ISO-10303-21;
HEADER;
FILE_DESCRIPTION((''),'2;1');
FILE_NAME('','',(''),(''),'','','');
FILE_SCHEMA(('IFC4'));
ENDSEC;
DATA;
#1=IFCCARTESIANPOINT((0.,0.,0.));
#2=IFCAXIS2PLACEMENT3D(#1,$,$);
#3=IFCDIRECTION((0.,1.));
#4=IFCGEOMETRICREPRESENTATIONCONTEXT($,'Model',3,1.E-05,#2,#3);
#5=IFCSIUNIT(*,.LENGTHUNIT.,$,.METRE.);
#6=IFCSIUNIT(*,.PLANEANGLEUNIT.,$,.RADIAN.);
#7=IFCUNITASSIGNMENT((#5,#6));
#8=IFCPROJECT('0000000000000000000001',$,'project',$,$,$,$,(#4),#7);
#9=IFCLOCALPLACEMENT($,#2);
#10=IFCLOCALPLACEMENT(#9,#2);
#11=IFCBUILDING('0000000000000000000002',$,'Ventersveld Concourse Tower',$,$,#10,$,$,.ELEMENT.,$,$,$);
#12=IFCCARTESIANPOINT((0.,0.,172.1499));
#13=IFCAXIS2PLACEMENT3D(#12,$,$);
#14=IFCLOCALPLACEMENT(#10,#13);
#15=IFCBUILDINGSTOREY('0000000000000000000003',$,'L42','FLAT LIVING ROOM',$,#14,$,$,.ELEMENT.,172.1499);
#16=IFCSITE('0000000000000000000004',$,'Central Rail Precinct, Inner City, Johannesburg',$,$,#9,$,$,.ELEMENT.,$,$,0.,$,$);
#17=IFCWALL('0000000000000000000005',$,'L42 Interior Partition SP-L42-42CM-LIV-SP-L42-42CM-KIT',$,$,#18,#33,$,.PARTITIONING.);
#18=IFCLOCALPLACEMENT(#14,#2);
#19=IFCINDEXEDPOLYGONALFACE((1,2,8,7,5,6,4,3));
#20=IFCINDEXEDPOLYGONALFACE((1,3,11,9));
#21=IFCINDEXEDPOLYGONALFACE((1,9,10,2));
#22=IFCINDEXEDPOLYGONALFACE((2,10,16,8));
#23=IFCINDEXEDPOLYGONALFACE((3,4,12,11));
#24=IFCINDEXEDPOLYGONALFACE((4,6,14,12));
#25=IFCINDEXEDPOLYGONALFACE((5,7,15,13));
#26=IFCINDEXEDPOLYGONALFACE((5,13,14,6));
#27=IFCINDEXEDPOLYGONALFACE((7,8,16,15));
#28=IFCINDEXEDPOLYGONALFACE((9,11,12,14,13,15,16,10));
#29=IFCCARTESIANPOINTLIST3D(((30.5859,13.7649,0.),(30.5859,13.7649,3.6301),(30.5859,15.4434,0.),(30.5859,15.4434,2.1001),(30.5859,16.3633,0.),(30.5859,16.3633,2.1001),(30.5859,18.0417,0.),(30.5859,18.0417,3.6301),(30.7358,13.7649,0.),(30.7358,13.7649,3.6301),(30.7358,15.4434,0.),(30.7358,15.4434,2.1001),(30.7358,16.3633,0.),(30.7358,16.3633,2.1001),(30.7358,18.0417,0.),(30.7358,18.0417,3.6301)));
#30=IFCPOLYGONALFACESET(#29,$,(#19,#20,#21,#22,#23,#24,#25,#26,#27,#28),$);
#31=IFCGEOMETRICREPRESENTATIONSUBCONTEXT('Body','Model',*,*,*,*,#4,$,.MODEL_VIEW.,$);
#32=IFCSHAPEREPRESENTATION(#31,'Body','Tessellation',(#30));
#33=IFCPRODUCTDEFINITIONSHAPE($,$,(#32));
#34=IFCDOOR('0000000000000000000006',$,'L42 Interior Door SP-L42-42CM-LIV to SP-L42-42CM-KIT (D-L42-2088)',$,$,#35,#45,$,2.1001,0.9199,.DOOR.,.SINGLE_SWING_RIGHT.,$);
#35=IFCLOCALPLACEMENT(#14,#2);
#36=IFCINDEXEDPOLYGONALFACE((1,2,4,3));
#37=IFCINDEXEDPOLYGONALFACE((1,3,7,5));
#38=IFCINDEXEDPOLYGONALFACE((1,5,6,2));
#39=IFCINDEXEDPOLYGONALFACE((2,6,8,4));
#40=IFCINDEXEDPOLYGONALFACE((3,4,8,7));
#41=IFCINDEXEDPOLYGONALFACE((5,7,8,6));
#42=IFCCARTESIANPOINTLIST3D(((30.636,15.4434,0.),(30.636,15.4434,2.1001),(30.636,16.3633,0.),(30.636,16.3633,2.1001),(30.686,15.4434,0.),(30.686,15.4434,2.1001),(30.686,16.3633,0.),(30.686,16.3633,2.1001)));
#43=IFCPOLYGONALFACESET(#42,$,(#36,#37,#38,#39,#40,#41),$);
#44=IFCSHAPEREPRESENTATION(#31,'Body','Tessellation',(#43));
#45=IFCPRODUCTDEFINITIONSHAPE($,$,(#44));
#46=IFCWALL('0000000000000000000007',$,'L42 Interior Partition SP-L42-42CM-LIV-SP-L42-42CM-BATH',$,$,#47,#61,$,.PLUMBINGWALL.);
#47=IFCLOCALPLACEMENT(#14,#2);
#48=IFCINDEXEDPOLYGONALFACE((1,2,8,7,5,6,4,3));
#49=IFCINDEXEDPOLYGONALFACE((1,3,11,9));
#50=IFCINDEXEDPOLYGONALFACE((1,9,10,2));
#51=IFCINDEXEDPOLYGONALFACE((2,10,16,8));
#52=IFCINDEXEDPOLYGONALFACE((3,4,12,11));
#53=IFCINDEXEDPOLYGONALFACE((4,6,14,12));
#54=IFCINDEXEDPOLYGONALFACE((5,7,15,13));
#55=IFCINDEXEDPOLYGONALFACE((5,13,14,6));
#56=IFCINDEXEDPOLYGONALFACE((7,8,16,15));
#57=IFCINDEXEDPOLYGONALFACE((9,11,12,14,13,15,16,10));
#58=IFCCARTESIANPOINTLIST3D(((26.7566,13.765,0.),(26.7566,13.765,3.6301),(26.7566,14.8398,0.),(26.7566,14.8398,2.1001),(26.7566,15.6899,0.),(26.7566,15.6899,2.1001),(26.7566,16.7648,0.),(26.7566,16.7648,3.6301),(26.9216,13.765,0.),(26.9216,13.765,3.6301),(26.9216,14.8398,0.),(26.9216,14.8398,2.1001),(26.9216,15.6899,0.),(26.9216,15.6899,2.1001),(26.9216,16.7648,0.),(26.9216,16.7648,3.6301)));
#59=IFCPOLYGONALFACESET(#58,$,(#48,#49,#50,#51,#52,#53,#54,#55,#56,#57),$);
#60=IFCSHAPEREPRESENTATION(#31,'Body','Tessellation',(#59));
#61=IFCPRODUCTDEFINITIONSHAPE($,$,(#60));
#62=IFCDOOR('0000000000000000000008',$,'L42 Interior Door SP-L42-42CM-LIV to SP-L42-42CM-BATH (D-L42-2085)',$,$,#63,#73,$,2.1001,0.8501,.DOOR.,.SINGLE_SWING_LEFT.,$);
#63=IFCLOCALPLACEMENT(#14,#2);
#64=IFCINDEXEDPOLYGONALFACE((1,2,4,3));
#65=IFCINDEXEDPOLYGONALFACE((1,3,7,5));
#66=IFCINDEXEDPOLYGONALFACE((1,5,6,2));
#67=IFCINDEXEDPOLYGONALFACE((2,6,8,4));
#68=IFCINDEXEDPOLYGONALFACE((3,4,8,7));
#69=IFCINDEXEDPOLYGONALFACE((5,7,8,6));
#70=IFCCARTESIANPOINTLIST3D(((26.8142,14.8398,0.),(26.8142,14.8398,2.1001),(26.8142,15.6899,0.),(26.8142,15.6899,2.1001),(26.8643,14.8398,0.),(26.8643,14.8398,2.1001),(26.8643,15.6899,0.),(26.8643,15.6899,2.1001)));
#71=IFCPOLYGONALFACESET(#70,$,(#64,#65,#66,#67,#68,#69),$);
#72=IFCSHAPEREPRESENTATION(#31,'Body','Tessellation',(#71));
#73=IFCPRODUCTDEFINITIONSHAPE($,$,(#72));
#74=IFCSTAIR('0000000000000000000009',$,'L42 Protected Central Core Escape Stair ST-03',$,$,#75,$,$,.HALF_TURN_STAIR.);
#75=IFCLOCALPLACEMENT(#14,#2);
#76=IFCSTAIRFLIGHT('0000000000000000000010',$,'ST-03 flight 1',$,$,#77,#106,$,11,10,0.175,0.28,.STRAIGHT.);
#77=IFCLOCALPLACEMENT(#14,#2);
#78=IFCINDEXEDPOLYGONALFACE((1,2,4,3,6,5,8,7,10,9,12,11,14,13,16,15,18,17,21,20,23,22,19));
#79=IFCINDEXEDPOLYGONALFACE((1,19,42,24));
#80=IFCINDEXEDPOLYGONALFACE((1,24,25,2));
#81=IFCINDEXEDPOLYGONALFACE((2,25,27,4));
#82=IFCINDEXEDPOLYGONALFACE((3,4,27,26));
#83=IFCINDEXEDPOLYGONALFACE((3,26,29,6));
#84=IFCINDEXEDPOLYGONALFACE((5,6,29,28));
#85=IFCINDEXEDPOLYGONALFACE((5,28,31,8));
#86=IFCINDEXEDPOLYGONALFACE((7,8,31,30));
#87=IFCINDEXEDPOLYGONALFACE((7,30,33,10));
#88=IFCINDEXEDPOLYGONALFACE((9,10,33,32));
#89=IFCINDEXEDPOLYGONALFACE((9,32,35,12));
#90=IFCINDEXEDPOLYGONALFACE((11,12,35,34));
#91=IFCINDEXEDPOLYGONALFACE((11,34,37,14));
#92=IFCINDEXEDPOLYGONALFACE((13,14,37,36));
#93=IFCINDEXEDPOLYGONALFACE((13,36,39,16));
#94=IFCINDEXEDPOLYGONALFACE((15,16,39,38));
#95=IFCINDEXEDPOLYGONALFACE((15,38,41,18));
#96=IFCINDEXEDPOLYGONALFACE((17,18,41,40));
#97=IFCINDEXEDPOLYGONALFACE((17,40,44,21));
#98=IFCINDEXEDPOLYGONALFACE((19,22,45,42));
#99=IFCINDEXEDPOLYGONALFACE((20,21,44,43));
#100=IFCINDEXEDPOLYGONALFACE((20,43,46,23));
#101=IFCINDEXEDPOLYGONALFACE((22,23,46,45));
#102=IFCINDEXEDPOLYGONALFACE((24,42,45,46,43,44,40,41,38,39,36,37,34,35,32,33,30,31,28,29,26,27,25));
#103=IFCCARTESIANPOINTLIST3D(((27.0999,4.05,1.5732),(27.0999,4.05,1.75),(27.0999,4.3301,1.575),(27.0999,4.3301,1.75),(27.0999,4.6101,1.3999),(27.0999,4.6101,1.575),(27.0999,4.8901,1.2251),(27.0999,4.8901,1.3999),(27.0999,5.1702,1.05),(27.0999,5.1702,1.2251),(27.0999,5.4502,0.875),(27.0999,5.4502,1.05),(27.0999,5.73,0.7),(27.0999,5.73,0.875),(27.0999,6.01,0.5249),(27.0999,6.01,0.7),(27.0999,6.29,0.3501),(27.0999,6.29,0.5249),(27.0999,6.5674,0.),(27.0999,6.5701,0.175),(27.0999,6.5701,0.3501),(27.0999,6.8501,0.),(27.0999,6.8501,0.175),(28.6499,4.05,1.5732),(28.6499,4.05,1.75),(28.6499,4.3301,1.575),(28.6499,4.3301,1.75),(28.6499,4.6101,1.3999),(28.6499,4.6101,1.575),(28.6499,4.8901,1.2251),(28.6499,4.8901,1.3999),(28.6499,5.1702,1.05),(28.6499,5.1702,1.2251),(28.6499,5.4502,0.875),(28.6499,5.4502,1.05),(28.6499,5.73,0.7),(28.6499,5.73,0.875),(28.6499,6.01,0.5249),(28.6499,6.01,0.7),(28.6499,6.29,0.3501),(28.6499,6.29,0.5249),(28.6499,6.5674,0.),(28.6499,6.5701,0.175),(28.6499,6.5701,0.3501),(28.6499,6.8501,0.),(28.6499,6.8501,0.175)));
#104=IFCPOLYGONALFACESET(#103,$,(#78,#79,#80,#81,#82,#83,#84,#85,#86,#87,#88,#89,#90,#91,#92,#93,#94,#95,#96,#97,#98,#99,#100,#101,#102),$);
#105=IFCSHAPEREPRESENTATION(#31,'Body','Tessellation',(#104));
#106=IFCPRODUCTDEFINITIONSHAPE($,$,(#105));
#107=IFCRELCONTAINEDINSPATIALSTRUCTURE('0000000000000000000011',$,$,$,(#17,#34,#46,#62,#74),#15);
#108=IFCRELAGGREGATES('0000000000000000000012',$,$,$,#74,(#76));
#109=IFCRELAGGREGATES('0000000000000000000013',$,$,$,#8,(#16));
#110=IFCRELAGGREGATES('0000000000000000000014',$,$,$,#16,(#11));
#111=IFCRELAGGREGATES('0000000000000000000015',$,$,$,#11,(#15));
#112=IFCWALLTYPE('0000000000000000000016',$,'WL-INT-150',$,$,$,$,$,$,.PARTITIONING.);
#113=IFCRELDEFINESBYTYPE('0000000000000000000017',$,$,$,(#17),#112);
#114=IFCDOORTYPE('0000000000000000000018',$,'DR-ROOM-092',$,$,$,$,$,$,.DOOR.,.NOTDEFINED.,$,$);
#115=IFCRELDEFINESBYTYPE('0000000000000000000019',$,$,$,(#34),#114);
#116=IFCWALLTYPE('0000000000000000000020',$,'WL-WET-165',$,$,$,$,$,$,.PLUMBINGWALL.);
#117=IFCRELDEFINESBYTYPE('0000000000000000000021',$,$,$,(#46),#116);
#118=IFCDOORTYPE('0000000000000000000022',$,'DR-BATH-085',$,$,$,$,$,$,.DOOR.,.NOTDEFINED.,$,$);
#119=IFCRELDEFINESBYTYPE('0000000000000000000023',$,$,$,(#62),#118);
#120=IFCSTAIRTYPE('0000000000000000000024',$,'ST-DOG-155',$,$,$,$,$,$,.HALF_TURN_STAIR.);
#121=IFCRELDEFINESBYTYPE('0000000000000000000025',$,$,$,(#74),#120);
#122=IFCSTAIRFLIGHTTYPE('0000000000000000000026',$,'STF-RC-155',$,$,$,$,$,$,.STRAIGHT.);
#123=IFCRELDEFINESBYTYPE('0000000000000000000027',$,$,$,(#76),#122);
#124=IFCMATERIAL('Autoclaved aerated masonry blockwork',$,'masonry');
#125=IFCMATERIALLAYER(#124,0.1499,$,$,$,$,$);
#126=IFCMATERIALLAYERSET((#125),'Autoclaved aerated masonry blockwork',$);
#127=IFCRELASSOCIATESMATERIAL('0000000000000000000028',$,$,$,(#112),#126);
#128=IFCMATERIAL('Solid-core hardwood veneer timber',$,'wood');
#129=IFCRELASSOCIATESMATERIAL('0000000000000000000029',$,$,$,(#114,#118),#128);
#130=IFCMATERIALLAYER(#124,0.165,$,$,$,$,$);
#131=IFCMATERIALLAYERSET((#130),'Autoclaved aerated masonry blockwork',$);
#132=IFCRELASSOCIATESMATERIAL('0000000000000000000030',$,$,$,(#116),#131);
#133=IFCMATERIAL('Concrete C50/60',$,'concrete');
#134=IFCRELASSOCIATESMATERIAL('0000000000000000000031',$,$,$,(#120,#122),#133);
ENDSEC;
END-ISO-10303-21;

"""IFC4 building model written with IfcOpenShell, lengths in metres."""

from ifc_helpers import new_model, si_unit, direction, frame, frame_2d, origin, place, context, subcontext, project, spatial, polyline, rectangle, outline, extrude, material, layer, layer_set, type_object, element, fill, aggregate, save


model = new_model("IFC4")

# Units and contexts
model_context = context("Model", 3, precision=1e-05, world=origin(), true_north=direction((0.0, 1.0)))
body_context = subcontext(model_context, "Body", "Model", "MODEL_VIEW")
ifc_project = project(units=[si_unit("LENGTHUNIT", "METRE"), si_unit("PLANEANGLEUNIT", "RADIAN")], contexts=[model_context])

# Site, building, storey
site_placement = place(None, origin())
site = spatial("IfcSite", under=ifc_project, at=site_placement, Name="Central Rail Precinct, Inner City, Johannesburg", CompositionType="ELEMENT", RefElevation=0.0)
building_placement = place(site_placement, origin())
building = spatial("IfcBuilding", under=site, at=building_placement, Name="Ventersveld Concourse Tower", CompositionType="ELEMENT")
storey_placement = place(building_placement, frame((0.0, 0.0, 172.1499)))
storey = spatial("IfcBuildingStorey", under=building, at=storey_placement, Name="L42", Description="FLAT LIVING ROOM", CompositionType="ELEMENT", Elevation=172.1499)

# Shared definitions
ifc_material_1 = material(Name="Concrete C50/60", Category="concrete")

# Walls, openings, doors
ifc_material_2 = material(Name="Autoclaved aerated masonry blockwork", Category="masonry")
ifc_layer_1 = layer(ifc_material_2, 0.1499)
ifc_layer_set_1 = layer_set([ifc_layer_1], Name="Autoclaved aerated masonry blockwork")
wall_type_1 = type_object("IfcWallType", Name="WL-INT-150", PredefinedType="PARTITIONING", material=ifc_layer_set_1)
wall_1_placement = place(storey_placement, frame((30.6609, 13.7649, 0.0), z_axis=(0.0, 0.0, 1.0), x_axis=(0.0, 1.0, 0.0)))
wall_1 = element("IfcWall", 1, at=wall_1_placement, inside=storey, type_object=wall_type_1, Name="L42 Interior Partition SP-L42-42CM-LIV-SP-L42-42CM-KIT", PredefinedType="PARTITIONING", context=body_context, shape_type="SweptSolid", body=[
    extrude(rectangle(XDim=4.2769, YDim=0.1499, at=frame_2d((2.1384, 0.0))), origin(), (0.0, 0.0, 1.0), 3.6301),
])
opening_1_placement = place(wall_1_placement, frame((1.6785, 0.0, 0.0)))
opening_1 = element("IfcOpeningElement", 2, at=opening_1_placement, cuts=wall_1, PredefinedType="OPENING", context=body_context, shape_type="SweptSolid", body=[
    extrude(rectangle(XDim=0.9199, YDim=2.1001, at=frame_2d((0.46, 1.05))), frame((0.0, 0.085, 0.0), z_axis=(0.0, -1.0, 0.0), x_axis=(1.0, 0.0, 0.0)), (0.0, 0.0, 1.0), 0.1699),
])
ifc_material_3 = material(Name="Solid-core hardwood veneer timber", Category="wood")
door_type_1 = type_object("IfcDoorType", Name="DR-ROOM-092", OperationType="NOTDEFINED", PredefinedType="DOOR", material=ifc_material_3)
door_1_placement = place(opening_1_placement, origin())
door_1 = element("IfcDoor", 3, at=door_1_placement, inside=storey, type_object=door_type_1, Name="L42 Interior Door SP-L42-42CM-LIV to SP-L42-42CM-KIT (D-L42-2088)", OperationType="SINGLE_SWING_RIGHT", OverallHeight=2.1001, OverallWidth=0.9199, PredefinedType="DOOR", context=body_context, shape_type="SweptSolid", body=[
    extrude(rectangle(XDim=0.9199, YDim=2.1001, at=frame_2d((0.46, 1.05))), frame((0.0, 0.0249, 0.0), z_axis=(0.0, -1.0, 0.0), x_axis=(1.0, 0.0, 0.0)), (0.0, 0.0, 1.0), 0.05),
])
fill(opening_1, door_1)
ifc_layer_2 = layer(ifc_material_2, 0.165)
ifc_layer_set_2 = layer_set([ifc_layer_2], Name="Autoclaved aerated masonry blockwork")
wall_type_2 = type_object("IfcWallType", Name="WL-WET-165", PredefinedType="PLUMBINGWALL", material=ifc_layer_set_2)
wall_2_placement = place(storey_placement, frame((26.8391, 13.7649, 0.0), z_axis=(0.0, 0.0, 1.0), x_axis=(0.0, 1.0, 0.0)))
wall_2 = element("IfcWall", 4, at=wall_2_placement, inside=storey, type_object=wall_type_2, Name="L42 Interior Partition SP-L42-42CM-LIV-SP-L42-42CM-BATH", PredefinedType="PLUMBINGWALL", context=body_context, shape_type="SweptSolid", body=[
    extrude(rectangle(XDim=2.9998, YDim=0.165, at=frame_2d((1.5, 0.0))), origin(), (0.0, 0.0, 1.0), 3.6301),
])
opening_2_placement = place(wall_2_placement, frame((1.075, 0.0, 0.0)))
opening_2 = element("IfcOpeningElement", 5, at=opening_2_placement, cuts=wall_2, PredefinedType="OPENING", context=body_context, shape_type="SweptSolid", body=[
    extrude(rectangle(XDim=0.8501, YDim=2.1001, at=frame_2d((0.425, 1.05))), frame((0.0, 0.0925, 0.0), z_axis=(0.0, -1.0, 0.0), x_axis=(1.0, 0.0, 0.0)), (0.0, 0.0, 1.0), 0.1851),
])
door_type_2 = type_object("IfcDoorType", Name="DR-BATH-085", OperationType="NOTDEFINED", PredefinedType="DOOR", material=ifc_material_3)
door_2_placement = place(opening_2_placement, origin())
door_2 = element("IfcDoor", 6, at=door_2_placement, inside=storey, type_object=door_type_2, Name="L42 Interior Door SP-L42-42CM-LIV to SP-L42-42CM-BATH (D-L42-2085)", OperationType="SINGLE_SWING_LEFT", OverallHeight=2.1001, OverallWidth=0.8501, PredefinedType="DOOR", context=body_context, shape_type="SweptSolid", body=[
    extrude(rectangle(XDim=0.8501, YDim=2.1001, at=frame_2d((0.425, 1.05))), frame((0.0, 0.0249, 0.0), z_axis=(0.0, -1.0, 0.0), x_axis=(1.0, 0.0, 0.0)), (0.0, 0.0, 1.0), 0.05),
])
fill(opening_2, door_2)

# Stair, stair flight
stair_type = type_object("IfcStairType", Name="ST-DOG-155", PredefinedType="HALF_TURN_STAIR", material=ifc_material_1)
stair_placement = place(storey_placement, origin())
stair = element("IfcStair", 7, at=stair_placement, inside=storey, type_object=stair_type, Name="L42 Protected Central Core Escape Stair ST-03", PredefinedType="HALF_TURN_STAIR")
stair_flight_type = type_object("IfcStairFlightType", Name="STF-RC-155", PredefinedType="STRAIGHT", material=ifc_material_1)
stair_flight_placement = place(storey_placement, frame((27.875, 6.8501, 0.0), z_axis=(0.0, 0.0, 1.0), x_axis=(0.0, -1.0, 0.0)))
stair_flight = element("IfcStairFlight", 8, at=stair_flight_placement, type_object=stair_flight_type, Name="ST-03 flight 1", NumberOfRisers=11, NumberOfTreads=10, PredefinedType="STRAIGHT", RiserHeight=0.175, TreadLength=0.28, context=body_context, shape_type="SweptSolid", body=[
    extrude(outline(polyline([(0.0, 0.0), (0.0, 0.175), (0.28, 0.175), (0.28, 0.3501), (0.5601, 0.3501), (0.5601, 0.5249), (0.8401, 0.5249), (0.8401, 0.7), (1.1201, 0.7), (1.1201, 0.875), (1.3999, 0.875), (1.3999, 1.05), (1.6799, 1.05), (1.6799, 1.2251), (1.96, 1.2251), (1.96, 1.3999), (2.24, 1.3999), (2.24, 1.575), (2.52, 1.575), (2.52, 1.75), (2.8, 1.75), (2.8, 1.925), (2.8, 1.5732), (0.2827, 0.0), (0.0, 0.0)])), frame((0.0, 0.7749, 0.0), z_axis=(0.0, -1.0, 0.0), x_axis=(1.0, 0.0, 0.0)), (0.0, 0.0, 1.0), 1.55),
])
aggregate(stair, [stair_flight])

save(model, "model.ifc")
